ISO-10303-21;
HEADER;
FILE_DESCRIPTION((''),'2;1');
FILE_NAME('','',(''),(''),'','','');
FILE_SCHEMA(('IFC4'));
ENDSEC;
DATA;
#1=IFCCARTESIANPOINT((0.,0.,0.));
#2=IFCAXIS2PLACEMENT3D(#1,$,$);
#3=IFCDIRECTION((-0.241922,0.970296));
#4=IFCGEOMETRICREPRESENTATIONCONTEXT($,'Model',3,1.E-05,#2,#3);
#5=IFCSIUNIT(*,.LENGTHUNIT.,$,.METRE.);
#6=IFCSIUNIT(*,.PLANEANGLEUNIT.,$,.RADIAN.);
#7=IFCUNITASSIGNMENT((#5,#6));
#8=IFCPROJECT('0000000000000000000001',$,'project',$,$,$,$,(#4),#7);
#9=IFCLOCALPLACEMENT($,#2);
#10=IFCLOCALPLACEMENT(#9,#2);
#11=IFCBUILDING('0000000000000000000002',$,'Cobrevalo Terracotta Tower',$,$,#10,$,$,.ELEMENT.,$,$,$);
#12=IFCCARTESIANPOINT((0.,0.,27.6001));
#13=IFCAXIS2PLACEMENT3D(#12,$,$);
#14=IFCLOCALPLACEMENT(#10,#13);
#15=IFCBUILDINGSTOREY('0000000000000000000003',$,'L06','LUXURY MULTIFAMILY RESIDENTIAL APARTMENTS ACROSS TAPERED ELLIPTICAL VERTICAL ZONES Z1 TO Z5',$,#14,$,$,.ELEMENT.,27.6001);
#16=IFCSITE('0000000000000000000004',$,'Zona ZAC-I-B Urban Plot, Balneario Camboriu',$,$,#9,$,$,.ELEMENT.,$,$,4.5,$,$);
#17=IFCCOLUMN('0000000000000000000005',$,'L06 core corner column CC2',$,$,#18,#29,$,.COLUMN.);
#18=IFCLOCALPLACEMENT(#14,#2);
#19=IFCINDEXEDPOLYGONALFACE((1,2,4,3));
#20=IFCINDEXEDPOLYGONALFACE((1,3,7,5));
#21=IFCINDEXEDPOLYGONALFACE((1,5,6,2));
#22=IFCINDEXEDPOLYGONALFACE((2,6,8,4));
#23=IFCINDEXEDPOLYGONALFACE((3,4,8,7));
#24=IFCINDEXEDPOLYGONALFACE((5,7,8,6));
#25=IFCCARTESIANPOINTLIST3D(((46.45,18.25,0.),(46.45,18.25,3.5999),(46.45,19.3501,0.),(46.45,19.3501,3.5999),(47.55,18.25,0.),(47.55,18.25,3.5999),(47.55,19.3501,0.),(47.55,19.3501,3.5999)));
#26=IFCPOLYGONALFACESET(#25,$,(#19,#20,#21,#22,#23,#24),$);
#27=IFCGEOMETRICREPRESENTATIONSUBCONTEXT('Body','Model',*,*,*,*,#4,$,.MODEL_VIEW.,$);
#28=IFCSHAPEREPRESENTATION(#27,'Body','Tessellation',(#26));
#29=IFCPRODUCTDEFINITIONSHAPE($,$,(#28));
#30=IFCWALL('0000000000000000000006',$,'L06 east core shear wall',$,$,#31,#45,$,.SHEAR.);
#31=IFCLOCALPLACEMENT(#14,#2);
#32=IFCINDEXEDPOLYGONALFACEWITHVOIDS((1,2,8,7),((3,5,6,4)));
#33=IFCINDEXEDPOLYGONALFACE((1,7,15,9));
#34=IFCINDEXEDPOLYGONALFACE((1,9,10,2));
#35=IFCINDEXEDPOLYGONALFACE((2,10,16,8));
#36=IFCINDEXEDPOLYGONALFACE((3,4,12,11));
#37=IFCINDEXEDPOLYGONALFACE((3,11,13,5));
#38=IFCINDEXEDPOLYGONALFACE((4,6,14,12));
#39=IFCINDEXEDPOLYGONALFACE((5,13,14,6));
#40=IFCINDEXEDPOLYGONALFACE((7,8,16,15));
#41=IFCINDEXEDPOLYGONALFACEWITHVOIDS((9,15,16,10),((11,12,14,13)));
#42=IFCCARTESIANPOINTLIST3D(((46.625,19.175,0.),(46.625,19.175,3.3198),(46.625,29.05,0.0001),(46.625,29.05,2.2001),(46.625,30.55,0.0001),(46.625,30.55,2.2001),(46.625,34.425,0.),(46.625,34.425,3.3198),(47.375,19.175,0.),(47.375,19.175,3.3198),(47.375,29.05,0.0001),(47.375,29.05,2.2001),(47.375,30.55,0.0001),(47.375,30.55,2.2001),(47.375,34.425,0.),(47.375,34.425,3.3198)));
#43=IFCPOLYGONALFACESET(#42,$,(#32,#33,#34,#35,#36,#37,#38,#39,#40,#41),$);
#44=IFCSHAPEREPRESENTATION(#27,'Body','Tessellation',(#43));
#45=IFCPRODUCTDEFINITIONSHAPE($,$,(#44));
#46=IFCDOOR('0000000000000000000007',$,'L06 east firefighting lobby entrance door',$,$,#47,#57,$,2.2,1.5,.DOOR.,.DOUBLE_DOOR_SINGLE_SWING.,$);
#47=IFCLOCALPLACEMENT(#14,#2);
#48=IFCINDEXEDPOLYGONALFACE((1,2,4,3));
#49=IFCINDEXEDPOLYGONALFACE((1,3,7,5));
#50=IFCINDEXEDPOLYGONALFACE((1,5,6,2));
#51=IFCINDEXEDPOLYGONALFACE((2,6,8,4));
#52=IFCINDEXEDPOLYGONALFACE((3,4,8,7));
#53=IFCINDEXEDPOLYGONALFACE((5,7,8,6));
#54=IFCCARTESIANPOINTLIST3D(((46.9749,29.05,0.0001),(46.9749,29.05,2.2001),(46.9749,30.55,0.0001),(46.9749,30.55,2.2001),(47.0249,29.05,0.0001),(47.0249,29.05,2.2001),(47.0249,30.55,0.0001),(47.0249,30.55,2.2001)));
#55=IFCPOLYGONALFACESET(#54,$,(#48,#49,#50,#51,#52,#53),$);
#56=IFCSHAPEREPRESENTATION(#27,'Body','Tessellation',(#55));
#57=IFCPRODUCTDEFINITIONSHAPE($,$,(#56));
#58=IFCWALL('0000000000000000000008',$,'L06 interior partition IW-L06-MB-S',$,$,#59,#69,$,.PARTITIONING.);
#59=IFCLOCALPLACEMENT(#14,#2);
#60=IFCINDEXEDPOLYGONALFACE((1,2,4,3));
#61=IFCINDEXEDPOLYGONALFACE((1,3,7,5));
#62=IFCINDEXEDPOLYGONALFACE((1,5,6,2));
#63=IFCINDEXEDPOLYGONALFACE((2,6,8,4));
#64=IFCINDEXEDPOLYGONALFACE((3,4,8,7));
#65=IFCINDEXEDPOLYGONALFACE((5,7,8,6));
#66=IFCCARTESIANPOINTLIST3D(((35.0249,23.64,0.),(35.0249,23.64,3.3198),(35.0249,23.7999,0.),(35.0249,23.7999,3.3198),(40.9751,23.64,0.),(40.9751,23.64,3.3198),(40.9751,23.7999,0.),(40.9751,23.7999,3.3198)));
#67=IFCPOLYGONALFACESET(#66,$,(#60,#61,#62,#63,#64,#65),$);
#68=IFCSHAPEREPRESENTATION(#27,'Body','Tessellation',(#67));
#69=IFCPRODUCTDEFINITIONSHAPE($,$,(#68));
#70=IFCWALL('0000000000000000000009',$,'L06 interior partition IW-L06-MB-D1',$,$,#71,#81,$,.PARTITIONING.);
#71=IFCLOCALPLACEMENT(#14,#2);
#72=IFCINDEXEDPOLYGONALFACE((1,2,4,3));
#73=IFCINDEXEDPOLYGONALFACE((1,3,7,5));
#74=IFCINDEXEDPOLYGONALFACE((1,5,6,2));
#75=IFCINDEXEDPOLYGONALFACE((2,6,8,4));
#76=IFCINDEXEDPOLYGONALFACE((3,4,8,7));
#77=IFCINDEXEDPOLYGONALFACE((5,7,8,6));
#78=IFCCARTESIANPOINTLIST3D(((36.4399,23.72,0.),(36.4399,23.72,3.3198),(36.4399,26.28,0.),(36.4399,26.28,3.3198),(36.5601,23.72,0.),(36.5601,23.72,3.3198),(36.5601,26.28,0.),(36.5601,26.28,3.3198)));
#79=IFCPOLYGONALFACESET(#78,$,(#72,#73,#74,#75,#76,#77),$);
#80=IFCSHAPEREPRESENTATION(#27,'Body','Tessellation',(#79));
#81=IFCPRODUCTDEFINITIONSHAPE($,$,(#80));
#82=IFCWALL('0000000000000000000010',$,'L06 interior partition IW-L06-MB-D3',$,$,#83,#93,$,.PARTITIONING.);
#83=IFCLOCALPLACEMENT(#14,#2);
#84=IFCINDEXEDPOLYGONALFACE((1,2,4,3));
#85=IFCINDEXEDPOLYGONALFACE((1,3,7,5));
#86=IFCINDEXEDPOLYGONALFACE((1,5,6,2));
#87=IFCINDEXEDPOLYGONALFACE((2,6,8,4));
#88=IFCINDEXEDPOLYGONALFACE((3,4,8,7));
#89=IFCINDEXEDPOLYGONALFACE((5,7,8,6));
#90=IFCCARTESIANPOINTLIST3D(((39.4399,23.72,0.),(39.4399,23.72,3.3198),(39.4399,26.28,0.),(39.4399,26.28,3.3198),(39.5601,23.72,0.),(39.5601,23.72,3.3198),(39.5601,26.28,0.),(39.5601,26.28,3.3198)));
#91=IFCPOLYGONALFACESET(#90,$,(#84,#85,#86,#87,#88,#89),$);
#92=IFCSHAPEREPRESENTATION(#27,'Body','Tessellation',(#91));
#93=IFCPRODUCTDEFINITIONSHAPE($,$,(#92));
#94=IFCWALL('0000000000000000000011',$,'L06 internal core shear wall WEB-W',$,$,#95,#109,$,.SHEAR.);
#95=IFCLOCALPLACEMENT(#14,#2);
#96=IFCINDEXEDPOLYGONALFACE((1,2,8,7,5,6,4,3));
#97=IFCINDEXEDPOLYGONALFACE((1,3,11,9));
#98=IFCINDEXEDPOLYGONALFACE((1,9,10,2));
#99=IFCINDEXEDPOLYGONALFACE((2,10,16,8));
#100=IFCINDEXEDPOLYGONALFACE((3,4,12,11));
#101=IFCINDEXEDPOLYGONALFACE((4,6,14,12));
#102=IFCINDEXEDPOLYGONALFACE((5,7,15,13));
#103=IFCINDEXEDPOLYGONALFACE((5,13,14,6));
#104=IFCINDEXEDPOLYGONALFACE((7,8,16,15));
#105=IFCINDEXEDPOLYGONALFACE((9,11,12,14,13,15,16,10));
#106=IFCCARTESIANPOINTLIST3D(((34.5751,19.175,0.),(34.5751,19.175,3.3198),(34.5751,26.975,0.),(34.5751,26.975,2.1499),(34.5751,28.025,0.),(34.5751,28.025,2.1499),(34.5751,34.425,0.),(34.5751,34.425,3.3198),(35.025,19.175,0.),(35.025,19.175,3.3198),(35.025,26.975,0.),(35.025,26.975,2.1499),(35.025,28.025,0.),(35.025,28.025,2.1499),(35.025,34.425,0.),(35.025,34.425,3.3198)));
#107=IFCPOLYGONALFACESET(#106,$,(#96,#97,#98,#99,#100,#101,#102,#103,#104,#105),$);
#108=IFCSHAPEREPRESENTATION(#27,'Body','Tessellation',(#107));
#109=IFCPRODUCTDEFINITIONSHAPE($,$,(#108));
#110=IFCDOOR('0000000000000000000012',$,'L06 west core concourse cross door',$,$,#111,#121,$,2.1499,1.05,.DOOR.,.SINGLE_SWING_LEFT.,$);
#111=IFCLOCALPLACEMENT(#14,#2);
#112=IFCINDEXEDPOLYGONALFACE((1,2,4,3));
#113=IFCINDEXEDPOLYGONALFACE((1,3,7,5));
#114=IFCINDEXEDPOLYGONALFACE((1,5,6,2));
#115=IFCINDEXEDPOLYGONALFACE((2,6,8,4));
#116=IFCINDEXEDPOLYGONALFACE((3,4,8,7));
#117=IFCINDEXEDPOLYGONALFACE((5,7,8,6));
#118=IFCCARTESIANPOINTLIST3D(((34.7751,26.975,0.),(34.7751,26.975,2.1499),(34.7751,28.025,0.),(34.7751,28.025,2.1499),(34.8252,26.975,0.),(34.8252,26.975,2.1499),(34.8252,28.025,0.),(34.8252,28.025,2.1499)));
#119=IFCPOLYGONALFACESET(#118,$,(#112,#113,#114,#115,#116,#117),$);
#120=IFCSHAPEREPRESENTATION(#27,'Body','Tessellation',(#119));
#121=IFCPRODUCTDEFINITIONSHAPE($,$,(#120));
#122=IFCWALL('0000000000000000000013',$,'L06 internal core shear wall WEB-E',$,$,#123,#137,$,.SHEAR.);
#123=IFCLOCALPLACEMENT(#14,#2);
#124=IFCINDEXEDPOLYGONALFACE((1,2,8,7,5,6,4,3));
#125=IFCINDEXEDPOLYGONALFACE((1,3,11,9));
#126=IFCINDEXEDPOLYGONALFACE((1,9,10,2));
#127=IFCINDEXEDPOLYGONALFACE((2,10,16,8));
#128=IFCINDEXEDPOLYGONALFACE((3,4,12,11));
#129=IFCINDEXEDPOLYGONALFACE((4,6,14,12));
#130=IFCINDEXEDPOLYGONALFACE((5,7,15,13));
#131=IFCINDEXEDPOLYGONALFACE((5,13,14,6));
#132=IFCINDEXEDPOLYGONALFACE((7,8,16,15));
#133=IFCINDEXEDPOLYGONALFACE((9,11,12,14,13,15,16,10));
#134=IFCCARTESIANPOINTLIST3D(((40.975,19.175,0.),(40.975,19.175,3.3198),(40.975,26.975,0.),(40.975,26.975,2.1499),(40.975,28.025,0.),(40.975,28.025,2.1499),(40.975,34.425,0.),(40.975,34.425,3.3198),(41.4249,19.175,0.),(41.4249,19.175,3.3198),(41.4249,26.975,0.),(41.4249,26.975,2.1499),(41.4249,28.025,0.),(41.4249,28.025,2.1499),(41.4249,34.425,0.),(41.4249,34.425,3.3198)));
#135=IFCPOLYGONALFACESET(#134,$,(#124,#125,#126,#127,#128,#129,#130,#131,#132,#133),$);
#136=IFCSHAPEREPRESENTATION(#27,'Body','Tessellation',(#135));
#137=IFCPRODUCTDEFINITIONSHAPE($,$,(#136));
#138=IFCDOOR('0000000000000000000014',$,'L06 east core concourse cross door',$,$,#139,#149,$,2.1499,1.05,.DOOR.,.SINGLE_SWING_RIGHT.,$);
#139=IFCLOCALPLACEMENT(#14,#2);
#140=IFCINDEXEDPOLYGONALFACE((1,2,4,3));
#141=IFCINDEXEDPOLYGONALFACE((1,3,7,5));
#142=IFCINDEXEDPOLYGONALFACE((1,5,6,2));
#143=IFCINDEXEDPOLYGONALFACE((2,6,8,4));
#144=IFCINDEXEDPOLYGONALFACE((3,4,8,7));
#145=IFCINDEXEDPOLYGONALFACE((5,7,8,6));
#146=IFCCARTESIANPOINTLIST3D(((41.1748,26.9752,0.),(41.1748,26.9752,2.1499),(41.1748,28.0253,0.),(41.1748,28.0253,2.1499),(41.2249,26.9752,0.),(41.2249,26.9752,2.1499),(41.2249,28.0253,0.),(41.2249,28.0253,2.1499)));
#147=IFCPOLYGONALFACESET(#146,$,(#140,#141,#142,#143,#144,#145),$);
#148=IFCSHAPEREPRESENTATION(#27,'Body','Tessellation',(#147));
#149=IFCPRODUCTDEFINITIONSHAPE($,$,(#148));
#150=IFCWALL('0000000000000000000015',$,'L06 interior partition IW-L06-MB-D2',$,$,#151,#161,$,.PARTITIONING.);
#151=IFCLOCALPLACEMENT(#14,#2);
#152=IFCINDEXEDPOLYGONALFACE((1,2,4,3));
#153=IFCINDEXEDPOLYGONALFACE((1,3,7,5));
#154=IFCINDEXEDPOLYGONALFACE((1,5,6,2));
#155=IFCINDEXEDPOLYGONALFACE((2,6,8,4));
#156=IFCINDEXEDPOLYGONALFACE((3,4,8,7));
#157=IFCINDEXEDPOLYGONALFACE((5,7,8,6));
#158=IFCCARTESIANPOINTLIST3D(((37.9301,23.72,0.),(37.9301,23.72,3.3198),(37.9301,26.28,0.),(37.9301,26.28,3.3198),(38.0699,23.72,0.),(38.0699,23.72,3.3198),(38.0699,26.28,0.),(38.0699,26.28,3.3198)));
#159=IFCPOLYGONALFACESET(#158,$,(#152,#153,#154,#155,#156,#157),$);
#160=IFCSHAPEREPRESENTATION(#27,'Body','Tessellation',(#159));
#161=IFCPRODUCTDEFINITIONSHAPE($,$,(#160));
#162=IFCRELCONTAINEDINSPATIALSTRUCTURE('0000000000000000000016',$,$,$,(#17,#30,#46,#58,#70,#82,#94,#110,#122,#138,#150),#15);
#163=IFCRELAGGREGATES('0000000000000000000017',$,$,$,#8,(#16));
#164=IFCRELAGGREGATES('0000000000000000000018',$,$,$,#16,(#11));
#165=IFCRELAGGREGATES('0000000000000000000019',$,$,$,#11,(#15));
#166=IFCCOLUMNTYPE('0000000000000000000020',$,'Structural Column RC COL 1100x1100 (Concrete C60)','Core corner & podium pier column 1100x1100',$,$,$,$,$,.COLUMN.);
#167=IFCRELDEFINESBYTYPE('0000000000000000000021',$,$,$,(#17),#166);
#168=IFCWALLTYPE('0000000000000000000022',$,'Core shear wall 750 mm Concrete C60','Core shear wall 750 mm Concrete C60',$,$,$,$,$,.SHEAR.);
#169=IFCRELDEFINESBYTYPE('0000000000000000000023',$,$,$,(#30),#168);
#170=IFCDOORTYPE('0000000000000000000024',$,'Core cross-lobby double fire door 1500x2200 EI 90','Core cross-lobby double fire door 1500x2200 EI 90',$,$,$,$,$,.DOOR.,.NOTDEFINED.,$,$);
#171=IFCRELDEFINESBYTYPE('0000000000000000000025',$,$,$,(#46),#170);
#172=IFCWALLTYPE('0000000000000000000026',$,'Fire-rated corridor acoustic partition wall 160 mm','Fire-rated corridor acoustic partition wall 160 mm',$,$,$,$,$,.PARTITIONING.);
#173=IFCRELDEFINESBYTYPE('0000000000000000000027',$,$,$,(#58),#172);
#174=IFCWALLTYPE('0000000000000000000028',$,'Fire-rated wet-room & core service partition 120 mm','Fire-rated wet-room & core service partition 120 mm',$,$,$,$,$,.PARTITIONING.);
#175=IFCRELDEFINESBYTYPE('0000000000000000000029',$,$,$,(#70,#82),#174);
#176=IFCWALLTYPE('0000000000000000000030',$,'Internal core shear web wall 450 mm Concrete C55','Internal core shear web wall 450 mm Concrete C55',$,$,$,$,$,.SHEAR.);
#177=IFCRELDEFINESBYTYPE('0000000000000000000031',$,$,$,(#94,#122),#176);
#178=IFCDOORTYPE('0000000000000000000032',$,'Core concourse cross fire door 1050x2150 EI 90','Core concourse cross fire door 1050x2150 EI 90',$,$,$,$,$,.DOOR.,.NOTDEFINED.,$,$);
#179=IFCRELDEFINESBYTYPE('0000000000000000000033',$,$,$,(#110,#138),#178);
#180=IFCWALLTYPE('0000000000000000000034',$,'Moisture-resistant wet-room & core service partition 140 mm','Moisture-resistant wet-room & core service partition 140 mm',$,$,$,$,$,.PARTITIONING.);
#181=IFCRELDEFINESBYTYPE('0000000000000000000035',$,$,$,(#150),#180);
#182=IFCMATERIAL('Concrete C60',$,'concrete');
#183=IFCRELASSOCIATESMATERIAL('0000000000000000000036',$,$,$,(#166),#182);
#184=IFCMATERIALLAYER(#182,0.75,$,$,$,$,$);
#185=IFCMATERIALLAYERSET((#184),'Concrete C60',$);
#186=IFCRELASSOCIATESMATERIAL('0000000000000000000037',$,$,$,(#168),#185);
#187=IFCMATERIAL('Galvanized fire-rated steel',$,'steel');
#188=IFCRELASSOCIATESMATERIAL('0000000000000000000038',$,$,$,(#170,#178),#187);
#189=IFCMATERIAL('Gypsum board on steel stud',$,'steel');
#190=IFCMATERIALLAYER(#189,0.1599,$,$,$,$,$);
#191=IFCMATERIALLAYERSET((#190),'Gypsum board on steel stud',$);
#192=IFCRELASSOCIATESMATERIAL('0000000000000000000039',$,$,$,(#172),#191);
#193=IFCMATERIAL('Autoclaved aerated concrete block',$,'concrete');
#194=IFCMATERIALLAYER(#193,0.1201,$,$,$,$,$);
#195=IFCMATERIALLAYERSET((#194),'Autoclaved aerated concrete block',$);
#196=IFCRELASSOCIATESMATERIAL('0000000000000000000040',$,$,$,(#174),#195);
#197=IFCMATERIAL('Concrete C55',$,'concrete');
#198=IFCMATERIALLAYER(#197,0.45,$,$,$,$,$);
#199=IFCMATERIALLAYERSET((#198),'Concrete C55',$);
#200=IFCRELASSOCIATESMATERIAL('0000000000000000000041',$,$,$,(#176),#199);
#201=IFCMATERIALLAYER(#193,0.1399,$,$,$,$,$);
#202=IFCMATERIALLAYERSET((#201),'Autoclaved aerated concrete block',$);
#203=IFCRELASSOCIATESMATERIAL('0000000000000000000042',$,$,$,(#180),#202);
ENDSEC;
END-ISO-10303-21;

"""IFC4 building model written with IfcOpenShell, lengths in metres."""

from ifc_helpers import new_model, si_unit, direction, frame, frame_2d, origin, origin_2d, place, context, subcontext, project, spatial, rectangle, extrude, source, transform, mapped, material, layer, layer_set, material_profile, profile_set, type_object, element, fill, save


model = new_model("IFC4")

# Units and contexts
model_context = context("Model", 3, precision=1e-05, world=origin(), true_north=direction((-0.241922, 0.970296)))
body_context = subcontext(model_context, "Body", "Model", "MODEL_VIEW")
ifc_project = project(units=[si_unit("LENGTHUNIT", "METRE"), si_unit("PLANEANGLEUNIT", "RADIAN")], contexts=[model_context])

# Site, building, storey
site_placement = place(None, origin())
site = spatial("IfcSite", under=ifc_project, at=site_placement, Name="Zona ZAC-I-B Urban Plot, Balneario Camboriu", CompositionType="ELEMENT", RefElevation=4.5)
building_placement = place(site_placement, origin())
building = spatial("IfcBuilding", under=site, at=building_placement, Name="Cobrevalo Terracotta Tower", CompositionType="ELEMENT")
storey_placement = place(building_placement, frame((0.0, 0.0, 27.6001)))
storey = spatial("IfcBuildingStorey", under=building, at=storey_placement, Name="L06", Description="LUXURY MULTIFAMILY RESIDENTIAL APARTMENTS ACROSS TAPERED ELLIPTICAL VERTICAL ZONES Z1 TO Z5", CompositionType="ELEMENT", Elevation=27.6001)

# Column
ifc_material_1 = material(Name="Concrete C60", Category="concrete")
ifc_material_profile = material_profile(ifc_material_1, rectangle(XDim=1.1001, YDim=1.1001, at=origin_2d()), Name="RC COL 1100x1100")
ifc_profile_set = profile_set([ifc_material_profile], Name="Concrete C60")
column_type = type_object("IfcColumnType", Name="Structural Column RC COL 1100x1100 (Concrete C60)", Description="Core corner & podium pier column 1100x1100", PredefinedType="COLUMN", material=ifc_profile_set)
column_placement = place(storey_placement, frame((47.0, 18.8, 0.0), z_axis=(0.0, 0.0, 1.0), x_axis=(1.0, 0.0, 0.0)))
element("IfcColumn", 1, at=column_placement, inside=storey, type_object=column_type, Name="L06 core corner column CC2", PredefinedType="COLUMN", context=body_context, shape_type="SweptSolid", body=[
    extrude(rectangle(XDim=1.1001, YDim=1.1001, at=origin_2d()), origin(), (0.0, 0.0, 1.0), 3.5999),
])

# Wall, opening, door
ifc_layer_1 = layer(ifc_material_1, 0.75)
ifc_layer_set_1 = layer_set([ifc_layer_1], Name="Concrete C60")
wall_type_1 = type_object("IfcWallType", Name="Core shear wall 750 mm Concrete C60", Description="Core shear wall 750 mm Concrete C60", PredefinedType="SHEAR", material=ifc_layer_set_1)
wall_1_placement = place(storey_placement, frame((47.0, 19.175, 0.0), z_axis=(0.0, 0.0, 1.0), x_axis=(0.0, 1.0, 0.0)))
wall_1 = element("IfcWall", 2, at=wall_1_placement, inside=storey, type_object=wall_type_1, Name="L06 east core shear wall", PredefinedType="SHEAR", context=body_context, shape_type="SweptSolid", body=[
    extrude(rectangle(XDim=15.25, YDim=0.75, at=frame_2d((7.625, 0.0))), origin(), (0.0, 0.0, 1.0), 3.3198),
])
opening_1_placement = place(wall_1_placement, frame((9.875, 0.0, 0.0)))
opening_1 = element("IfcOpeningElement", 3, at=opening_1_placement, cuts=wall_1, PredefinedType="OPENING", context=body_context, shape_type="SweptSolid", body=[
    extrude(rectangle(XDim=1.5, YDim=2.2, at=frame_2d((0.75, 1.1001))), frame((0.0, 0.385, 0.0), z_axis=(0.0, -1.0, 0.0), x_axis=(1.0, 0.0, 0.0)), (0.0, 0.0, 1.0), 0.77),
])
ifc_material_2 = material(Name="Galvanized fire-rated steel", Category="steel")
door_type_1 = type_object("IfcDoorType", Name="Core cross-lobby double fire door 1500x2200 EI 90", Description="Core cross-lobby double fire door 1500x2200 EI 90", OperationType="NOTDEFINED", PredefinedType="DOOR", material=ifc_material_2)
shared_shape_1 = source(origin(), body_context, "Body", "SweptSolid", [
    extrude(rectangle(XDim=1.5, YDim=2.2, at=frame_2d((0.75, 1.1001))), frame((0.0, 0.0249, 0.0), z_axis=(0.0, -1.0, 0.0), x_axis=(1.0, 0.0, 0.0)), (0.0, 0.0, 1.0), 0.05),
])
door_1_placement = place(opening_1_placement, frame((1.5, 0.0, 0.0), z_axis=(0.0, 0.0, 1.0), x_axis=(-1.0, 0.0, 0.0)))
door_1 = element("IfcDoor", 4, at=door_1_placement, inside=storey, type_object=door_type_1, Name="L06 east firefighting lobby entrance door", OperationType="DOUBLE_DOOR_SINGLE_SWING", OverallHeight=2.2, OverallWidth=1.5, PredefinedType="DOOR", context=body_context, shape_type="MappedRepresentation", body=[
    mapped(shared_shape_1, transform((0.0, 0.0, 0.0), scale=1.0)),
])
fill(opening_1, door_1)

# Walls
ifc_material_3 = material(Name="Gypsum board on steel stud", Category="steel")
ifc_layer_2 = layer(ifc_material_3, 0.1599)
ifc_layer_set_2 = layer_set([ifc_layer_2], Name="Gypsum board on steel stud")
wall_type_2 = type_object("IfcWallType", Name="Fire-rated corridor acoustic partition wall 160 mm", Description="Fire-rated corridor acoustic partition wall 160 mm", PredefinedType="PARTITIONING", material=ifc_layer_set_2)
wall_2_placement = place(storey_placement, frame((35.0249, 23.72, 0.0), z_axis=(0.0, 0.0, 1.0), x_axis=(1.0, 0.0, 0.0)))
element("IfcWall", 5, at=wall_2_placement, inside=storey, type_object=wall_type_2, Name="L06 interior partition IW-L06-MB-S", PredefinedType="PARTITIONING", context=body_context, shape_type="SweptSolid", body=[
    extrude(rectangle(XDim=5.9502, YDim=0.1599, at=frame_2d((2.9751, 0.0))), origin(), (0.0, 0.0, 1.0), 3.3198),
])
ifc_material_4 = material(Name="Autoclaved aerated concrete block", Category="concrete")
ifc_layer_3 = layer(ifc_material_4, 0.1201)
ifc_layer_set_3 = layer_set([ifc_layer_3], Name="Autoclaved aerated concrete block")
wall_type_3 = type_object("IfcWallType", Name="Fire-rated wet-room & core service partition 120 mm", Description="Fire-rated wet-room & core service partition 120 mm", PredefinedType="PARTITIONING", material=ifc_layer_set_3)
for number, where, z_axis, x_axis, name in (
    (6, (36.5, 23.72, 0.0), (0.0, 0.0, 1.0), (0.0, 1.0, 0.0), "L06 interior partition IW-L06-MB-D1"),
    (7, (39.5, 23.72, 0.0), (0.0, 0.0, 1.0), (0.0, 1.0, 0.0), "L06 interior partition IW-L06-MB-D3"),
):
    element("IfcWall", number, at=place(storey_placement, frame(where, z_axis=z_axis, x_axis=x_axis)), inside=storey, type_object=wall_type_3, Name=name, PredefinedType="PARTITIONING", context=body_context, shape_type="SweptSolid", body=[
        extrude(rectangle(XDim=2.5601, YDim=0.1201, at=frame_2d((1.28, 0.0))), origin(), (0.0, 0.0, 1.0), 3.3198),
    ])

# Walls, openings, doors
ifc_material_5 = material(Name="Concrete C55", Category="concrete")
ifc_layer_4 = layer(ifc_material_5, 0.45)
ifc_layer_set_4 = layer_set([ifc_layer_4], Name="Concrete C55")
wall_type_4 = type_object("IfcWallType", Name="Internal core shear web wall 450 mm Concrete C55", Description="Internal core shear web wall 450 mm Concrete C55", PredefinedType="SHEAR", material=ifc_layer_set_4)
wall_3_placement = place(storey_placement, frame((34.8, 19.175, 0.0), z_axis=(0.0, 0.0, 1.0), x_axis=(0.0, 1.0, 0.0)))
wall_3 = element("IfcWall", 8, at=wall_3_placement, inside=storey, type_object=wall_type_4, Name="L06 internal core shear wall WEB-W", PredefinedType="SHEAR", context=body_context, shape_type="SweptSolid", body=[
    extrude(rectangle(XDim=15.25, YDim=0.45, at=frame_2d((7.625, 0.0))), origin(), (0.0, 0.0, 1.0), 3.3198),
])
opening_2_placement = place(wall_3_placement, frame((7.8, 0.0, 0.0)))
opening_2 = element("IfcOpeningElement", 9, at=opening_2_placement, cuts=wall_3, PredefinedType="OPENING", context=body_context, shape_type="SweptSolid", body=[
    extrude(rectangle(XDim=1.05, YDim=2.1499, at=frame_2d((0.5249, 1.075))), frame((0.0, 0.2349, 0.0), z_axis=(0.0, -1.0, 0.0), x_axis=(1.0, 0.0, 0.0)), (0.0, 0.0, 1.0), 0.47),
])
door_type_2 = type_object("IfcDoorType", Name="Core concourse cross fire door 1050x2150 EI 90", Description="Core concourse cross fire door 1050x2150 EI 90", OperationType="NOTDEFINED", PredefinedType="DOOR", material=ifc_material_2)
shared_shape_2 = source(origin(), body_context, "Body", "SweptSolid", [
    extrude(rectangle(XDim=1.05, YDim=2.1499, at=frame_2d((0.5249, 1.075))), frame((0.0, 0.0249, 0.0), z_axis=(0.0, -1.0, 0.0), x_axis=(1.0, 0.0, 0.0)), (0.0, 0.0, 1.0), 0.05),
])
door_2_placement = place(opening_2_placement, origin())
door_2 = element("IfcDoor", 10, at=door_2_placement, inside=storey, type_object=door_type_2, Name="L06 west core concourse cross door", OperationType="SINGLE_SWING_LEFT", OverallHeight=2.1499, OverallWidth=1.05, PredefinedType="DOOR", context=body_context, shape_type="MappedRepresentation", body=[
    mapped(shared_shape_2, transform((0.0, 0.0, 0.0), scale=1.0)),
])
fill(opening_2, door_2)
wall_4_placement = place(storey_placement, frame((41.2, 19.175, 0.0), z_axis=(0.0, 0.0, 1.0), x_axis=(0.0, 1.0, 0.0)))
wall_4 = element("IfcWall", 11, at=wall_4_placement, inside=storey, type_object=wall_type_4, Name="L06 internal core shear wall WEB-E", PredefinedType="SHEAR", context=body_context, shape_type="SweptSolid", body=[
    extrude(rectangle(XDim=15.25, YDim=0.45, at=frame_2d((7.625, 0.0))), origin(), (0.0, 0.0, 1.0), 3.3198),
])
opening_3_placement = place(wall_4_placement, frame((7.8, 0.0, 0.0)))
opening_3 = element("IfcOpeningElement", 12, at=opening_3_placement, cuts=wall_4, PredefinedType="OPENING", context=body_context, shape_type="SweptSolid", body=[
    extrude(rectangle(XDim=1.05, YDim=2.1499, at=frame_2d((0.5249, 1.075))), frame((0.0, 0.2349, 0.0), z_axis=(0.0, -1.0, 0.0), x_axis=(1.0, 0.0, 0.0)), (0.0, 0.0, 1.0), 0.47),
])
door_3_placement = place(opening_3_placement, frame((1.05, 0.0, 0.0), z_axis=(0.0, 0.0, 1.0), x_axis=(-1.0, 0.0, 0.0)))
door_3 = element("IfcDoor", 13, at=door_3_placement, inside=storey, type_object=door_type_2, Name="L06 east core concourse cross door", OperationType="SINGLE_SWING_RIGHT", OverallHeight=2.1499, OverallWidth=1.05, PredefinedType="DOOR", context=body_context, shape_type="MappedRepresentation", body=[
    mapped(shared_shape_2, transform((0.0, 0.0, 0.0), scale=1.0)),
])
fill(opening_3, door_3)

# Wall
ifc_layer_5 = layer(ifc_material_4, 0.1399)
ifc_layer_set_5 = layer_set([ifc_layer_5], Name="Autoclaved aerated concrete block")
wall_type_5 = type_object("IfcWallType", Name="Moisture-resistant wet-room & core service partition 140 mm", Description="Moisture-resistant wet-room & core service partition 140 mm", PredefinedType="PARTITIONING", material=ifc_layer_set_5)
wall_5_placement = place(storey_placement, frame((38.0, 23.72, 0.0), z_axis=(0.0, 0.0, 1.0), x_axis=(0.0, 1.0, 0.0)))
element("IfcWall", 14, at=wall_5_placement, inside=storey, type_object=wall_type_5, Name="L06 interior partition IW-L06-MB-D2", PredefinedType="PARTITIONING", context=body_context, shape_type="SweptSolid", body=[
    extrude(rectangle(XDim=2.5601, YDim=0.1399, at=frame_2d((1.28, 0.0))), origin(), (0.0, 0.0, 1.0), 3.3198),
])

save(model, "model.ifc")
